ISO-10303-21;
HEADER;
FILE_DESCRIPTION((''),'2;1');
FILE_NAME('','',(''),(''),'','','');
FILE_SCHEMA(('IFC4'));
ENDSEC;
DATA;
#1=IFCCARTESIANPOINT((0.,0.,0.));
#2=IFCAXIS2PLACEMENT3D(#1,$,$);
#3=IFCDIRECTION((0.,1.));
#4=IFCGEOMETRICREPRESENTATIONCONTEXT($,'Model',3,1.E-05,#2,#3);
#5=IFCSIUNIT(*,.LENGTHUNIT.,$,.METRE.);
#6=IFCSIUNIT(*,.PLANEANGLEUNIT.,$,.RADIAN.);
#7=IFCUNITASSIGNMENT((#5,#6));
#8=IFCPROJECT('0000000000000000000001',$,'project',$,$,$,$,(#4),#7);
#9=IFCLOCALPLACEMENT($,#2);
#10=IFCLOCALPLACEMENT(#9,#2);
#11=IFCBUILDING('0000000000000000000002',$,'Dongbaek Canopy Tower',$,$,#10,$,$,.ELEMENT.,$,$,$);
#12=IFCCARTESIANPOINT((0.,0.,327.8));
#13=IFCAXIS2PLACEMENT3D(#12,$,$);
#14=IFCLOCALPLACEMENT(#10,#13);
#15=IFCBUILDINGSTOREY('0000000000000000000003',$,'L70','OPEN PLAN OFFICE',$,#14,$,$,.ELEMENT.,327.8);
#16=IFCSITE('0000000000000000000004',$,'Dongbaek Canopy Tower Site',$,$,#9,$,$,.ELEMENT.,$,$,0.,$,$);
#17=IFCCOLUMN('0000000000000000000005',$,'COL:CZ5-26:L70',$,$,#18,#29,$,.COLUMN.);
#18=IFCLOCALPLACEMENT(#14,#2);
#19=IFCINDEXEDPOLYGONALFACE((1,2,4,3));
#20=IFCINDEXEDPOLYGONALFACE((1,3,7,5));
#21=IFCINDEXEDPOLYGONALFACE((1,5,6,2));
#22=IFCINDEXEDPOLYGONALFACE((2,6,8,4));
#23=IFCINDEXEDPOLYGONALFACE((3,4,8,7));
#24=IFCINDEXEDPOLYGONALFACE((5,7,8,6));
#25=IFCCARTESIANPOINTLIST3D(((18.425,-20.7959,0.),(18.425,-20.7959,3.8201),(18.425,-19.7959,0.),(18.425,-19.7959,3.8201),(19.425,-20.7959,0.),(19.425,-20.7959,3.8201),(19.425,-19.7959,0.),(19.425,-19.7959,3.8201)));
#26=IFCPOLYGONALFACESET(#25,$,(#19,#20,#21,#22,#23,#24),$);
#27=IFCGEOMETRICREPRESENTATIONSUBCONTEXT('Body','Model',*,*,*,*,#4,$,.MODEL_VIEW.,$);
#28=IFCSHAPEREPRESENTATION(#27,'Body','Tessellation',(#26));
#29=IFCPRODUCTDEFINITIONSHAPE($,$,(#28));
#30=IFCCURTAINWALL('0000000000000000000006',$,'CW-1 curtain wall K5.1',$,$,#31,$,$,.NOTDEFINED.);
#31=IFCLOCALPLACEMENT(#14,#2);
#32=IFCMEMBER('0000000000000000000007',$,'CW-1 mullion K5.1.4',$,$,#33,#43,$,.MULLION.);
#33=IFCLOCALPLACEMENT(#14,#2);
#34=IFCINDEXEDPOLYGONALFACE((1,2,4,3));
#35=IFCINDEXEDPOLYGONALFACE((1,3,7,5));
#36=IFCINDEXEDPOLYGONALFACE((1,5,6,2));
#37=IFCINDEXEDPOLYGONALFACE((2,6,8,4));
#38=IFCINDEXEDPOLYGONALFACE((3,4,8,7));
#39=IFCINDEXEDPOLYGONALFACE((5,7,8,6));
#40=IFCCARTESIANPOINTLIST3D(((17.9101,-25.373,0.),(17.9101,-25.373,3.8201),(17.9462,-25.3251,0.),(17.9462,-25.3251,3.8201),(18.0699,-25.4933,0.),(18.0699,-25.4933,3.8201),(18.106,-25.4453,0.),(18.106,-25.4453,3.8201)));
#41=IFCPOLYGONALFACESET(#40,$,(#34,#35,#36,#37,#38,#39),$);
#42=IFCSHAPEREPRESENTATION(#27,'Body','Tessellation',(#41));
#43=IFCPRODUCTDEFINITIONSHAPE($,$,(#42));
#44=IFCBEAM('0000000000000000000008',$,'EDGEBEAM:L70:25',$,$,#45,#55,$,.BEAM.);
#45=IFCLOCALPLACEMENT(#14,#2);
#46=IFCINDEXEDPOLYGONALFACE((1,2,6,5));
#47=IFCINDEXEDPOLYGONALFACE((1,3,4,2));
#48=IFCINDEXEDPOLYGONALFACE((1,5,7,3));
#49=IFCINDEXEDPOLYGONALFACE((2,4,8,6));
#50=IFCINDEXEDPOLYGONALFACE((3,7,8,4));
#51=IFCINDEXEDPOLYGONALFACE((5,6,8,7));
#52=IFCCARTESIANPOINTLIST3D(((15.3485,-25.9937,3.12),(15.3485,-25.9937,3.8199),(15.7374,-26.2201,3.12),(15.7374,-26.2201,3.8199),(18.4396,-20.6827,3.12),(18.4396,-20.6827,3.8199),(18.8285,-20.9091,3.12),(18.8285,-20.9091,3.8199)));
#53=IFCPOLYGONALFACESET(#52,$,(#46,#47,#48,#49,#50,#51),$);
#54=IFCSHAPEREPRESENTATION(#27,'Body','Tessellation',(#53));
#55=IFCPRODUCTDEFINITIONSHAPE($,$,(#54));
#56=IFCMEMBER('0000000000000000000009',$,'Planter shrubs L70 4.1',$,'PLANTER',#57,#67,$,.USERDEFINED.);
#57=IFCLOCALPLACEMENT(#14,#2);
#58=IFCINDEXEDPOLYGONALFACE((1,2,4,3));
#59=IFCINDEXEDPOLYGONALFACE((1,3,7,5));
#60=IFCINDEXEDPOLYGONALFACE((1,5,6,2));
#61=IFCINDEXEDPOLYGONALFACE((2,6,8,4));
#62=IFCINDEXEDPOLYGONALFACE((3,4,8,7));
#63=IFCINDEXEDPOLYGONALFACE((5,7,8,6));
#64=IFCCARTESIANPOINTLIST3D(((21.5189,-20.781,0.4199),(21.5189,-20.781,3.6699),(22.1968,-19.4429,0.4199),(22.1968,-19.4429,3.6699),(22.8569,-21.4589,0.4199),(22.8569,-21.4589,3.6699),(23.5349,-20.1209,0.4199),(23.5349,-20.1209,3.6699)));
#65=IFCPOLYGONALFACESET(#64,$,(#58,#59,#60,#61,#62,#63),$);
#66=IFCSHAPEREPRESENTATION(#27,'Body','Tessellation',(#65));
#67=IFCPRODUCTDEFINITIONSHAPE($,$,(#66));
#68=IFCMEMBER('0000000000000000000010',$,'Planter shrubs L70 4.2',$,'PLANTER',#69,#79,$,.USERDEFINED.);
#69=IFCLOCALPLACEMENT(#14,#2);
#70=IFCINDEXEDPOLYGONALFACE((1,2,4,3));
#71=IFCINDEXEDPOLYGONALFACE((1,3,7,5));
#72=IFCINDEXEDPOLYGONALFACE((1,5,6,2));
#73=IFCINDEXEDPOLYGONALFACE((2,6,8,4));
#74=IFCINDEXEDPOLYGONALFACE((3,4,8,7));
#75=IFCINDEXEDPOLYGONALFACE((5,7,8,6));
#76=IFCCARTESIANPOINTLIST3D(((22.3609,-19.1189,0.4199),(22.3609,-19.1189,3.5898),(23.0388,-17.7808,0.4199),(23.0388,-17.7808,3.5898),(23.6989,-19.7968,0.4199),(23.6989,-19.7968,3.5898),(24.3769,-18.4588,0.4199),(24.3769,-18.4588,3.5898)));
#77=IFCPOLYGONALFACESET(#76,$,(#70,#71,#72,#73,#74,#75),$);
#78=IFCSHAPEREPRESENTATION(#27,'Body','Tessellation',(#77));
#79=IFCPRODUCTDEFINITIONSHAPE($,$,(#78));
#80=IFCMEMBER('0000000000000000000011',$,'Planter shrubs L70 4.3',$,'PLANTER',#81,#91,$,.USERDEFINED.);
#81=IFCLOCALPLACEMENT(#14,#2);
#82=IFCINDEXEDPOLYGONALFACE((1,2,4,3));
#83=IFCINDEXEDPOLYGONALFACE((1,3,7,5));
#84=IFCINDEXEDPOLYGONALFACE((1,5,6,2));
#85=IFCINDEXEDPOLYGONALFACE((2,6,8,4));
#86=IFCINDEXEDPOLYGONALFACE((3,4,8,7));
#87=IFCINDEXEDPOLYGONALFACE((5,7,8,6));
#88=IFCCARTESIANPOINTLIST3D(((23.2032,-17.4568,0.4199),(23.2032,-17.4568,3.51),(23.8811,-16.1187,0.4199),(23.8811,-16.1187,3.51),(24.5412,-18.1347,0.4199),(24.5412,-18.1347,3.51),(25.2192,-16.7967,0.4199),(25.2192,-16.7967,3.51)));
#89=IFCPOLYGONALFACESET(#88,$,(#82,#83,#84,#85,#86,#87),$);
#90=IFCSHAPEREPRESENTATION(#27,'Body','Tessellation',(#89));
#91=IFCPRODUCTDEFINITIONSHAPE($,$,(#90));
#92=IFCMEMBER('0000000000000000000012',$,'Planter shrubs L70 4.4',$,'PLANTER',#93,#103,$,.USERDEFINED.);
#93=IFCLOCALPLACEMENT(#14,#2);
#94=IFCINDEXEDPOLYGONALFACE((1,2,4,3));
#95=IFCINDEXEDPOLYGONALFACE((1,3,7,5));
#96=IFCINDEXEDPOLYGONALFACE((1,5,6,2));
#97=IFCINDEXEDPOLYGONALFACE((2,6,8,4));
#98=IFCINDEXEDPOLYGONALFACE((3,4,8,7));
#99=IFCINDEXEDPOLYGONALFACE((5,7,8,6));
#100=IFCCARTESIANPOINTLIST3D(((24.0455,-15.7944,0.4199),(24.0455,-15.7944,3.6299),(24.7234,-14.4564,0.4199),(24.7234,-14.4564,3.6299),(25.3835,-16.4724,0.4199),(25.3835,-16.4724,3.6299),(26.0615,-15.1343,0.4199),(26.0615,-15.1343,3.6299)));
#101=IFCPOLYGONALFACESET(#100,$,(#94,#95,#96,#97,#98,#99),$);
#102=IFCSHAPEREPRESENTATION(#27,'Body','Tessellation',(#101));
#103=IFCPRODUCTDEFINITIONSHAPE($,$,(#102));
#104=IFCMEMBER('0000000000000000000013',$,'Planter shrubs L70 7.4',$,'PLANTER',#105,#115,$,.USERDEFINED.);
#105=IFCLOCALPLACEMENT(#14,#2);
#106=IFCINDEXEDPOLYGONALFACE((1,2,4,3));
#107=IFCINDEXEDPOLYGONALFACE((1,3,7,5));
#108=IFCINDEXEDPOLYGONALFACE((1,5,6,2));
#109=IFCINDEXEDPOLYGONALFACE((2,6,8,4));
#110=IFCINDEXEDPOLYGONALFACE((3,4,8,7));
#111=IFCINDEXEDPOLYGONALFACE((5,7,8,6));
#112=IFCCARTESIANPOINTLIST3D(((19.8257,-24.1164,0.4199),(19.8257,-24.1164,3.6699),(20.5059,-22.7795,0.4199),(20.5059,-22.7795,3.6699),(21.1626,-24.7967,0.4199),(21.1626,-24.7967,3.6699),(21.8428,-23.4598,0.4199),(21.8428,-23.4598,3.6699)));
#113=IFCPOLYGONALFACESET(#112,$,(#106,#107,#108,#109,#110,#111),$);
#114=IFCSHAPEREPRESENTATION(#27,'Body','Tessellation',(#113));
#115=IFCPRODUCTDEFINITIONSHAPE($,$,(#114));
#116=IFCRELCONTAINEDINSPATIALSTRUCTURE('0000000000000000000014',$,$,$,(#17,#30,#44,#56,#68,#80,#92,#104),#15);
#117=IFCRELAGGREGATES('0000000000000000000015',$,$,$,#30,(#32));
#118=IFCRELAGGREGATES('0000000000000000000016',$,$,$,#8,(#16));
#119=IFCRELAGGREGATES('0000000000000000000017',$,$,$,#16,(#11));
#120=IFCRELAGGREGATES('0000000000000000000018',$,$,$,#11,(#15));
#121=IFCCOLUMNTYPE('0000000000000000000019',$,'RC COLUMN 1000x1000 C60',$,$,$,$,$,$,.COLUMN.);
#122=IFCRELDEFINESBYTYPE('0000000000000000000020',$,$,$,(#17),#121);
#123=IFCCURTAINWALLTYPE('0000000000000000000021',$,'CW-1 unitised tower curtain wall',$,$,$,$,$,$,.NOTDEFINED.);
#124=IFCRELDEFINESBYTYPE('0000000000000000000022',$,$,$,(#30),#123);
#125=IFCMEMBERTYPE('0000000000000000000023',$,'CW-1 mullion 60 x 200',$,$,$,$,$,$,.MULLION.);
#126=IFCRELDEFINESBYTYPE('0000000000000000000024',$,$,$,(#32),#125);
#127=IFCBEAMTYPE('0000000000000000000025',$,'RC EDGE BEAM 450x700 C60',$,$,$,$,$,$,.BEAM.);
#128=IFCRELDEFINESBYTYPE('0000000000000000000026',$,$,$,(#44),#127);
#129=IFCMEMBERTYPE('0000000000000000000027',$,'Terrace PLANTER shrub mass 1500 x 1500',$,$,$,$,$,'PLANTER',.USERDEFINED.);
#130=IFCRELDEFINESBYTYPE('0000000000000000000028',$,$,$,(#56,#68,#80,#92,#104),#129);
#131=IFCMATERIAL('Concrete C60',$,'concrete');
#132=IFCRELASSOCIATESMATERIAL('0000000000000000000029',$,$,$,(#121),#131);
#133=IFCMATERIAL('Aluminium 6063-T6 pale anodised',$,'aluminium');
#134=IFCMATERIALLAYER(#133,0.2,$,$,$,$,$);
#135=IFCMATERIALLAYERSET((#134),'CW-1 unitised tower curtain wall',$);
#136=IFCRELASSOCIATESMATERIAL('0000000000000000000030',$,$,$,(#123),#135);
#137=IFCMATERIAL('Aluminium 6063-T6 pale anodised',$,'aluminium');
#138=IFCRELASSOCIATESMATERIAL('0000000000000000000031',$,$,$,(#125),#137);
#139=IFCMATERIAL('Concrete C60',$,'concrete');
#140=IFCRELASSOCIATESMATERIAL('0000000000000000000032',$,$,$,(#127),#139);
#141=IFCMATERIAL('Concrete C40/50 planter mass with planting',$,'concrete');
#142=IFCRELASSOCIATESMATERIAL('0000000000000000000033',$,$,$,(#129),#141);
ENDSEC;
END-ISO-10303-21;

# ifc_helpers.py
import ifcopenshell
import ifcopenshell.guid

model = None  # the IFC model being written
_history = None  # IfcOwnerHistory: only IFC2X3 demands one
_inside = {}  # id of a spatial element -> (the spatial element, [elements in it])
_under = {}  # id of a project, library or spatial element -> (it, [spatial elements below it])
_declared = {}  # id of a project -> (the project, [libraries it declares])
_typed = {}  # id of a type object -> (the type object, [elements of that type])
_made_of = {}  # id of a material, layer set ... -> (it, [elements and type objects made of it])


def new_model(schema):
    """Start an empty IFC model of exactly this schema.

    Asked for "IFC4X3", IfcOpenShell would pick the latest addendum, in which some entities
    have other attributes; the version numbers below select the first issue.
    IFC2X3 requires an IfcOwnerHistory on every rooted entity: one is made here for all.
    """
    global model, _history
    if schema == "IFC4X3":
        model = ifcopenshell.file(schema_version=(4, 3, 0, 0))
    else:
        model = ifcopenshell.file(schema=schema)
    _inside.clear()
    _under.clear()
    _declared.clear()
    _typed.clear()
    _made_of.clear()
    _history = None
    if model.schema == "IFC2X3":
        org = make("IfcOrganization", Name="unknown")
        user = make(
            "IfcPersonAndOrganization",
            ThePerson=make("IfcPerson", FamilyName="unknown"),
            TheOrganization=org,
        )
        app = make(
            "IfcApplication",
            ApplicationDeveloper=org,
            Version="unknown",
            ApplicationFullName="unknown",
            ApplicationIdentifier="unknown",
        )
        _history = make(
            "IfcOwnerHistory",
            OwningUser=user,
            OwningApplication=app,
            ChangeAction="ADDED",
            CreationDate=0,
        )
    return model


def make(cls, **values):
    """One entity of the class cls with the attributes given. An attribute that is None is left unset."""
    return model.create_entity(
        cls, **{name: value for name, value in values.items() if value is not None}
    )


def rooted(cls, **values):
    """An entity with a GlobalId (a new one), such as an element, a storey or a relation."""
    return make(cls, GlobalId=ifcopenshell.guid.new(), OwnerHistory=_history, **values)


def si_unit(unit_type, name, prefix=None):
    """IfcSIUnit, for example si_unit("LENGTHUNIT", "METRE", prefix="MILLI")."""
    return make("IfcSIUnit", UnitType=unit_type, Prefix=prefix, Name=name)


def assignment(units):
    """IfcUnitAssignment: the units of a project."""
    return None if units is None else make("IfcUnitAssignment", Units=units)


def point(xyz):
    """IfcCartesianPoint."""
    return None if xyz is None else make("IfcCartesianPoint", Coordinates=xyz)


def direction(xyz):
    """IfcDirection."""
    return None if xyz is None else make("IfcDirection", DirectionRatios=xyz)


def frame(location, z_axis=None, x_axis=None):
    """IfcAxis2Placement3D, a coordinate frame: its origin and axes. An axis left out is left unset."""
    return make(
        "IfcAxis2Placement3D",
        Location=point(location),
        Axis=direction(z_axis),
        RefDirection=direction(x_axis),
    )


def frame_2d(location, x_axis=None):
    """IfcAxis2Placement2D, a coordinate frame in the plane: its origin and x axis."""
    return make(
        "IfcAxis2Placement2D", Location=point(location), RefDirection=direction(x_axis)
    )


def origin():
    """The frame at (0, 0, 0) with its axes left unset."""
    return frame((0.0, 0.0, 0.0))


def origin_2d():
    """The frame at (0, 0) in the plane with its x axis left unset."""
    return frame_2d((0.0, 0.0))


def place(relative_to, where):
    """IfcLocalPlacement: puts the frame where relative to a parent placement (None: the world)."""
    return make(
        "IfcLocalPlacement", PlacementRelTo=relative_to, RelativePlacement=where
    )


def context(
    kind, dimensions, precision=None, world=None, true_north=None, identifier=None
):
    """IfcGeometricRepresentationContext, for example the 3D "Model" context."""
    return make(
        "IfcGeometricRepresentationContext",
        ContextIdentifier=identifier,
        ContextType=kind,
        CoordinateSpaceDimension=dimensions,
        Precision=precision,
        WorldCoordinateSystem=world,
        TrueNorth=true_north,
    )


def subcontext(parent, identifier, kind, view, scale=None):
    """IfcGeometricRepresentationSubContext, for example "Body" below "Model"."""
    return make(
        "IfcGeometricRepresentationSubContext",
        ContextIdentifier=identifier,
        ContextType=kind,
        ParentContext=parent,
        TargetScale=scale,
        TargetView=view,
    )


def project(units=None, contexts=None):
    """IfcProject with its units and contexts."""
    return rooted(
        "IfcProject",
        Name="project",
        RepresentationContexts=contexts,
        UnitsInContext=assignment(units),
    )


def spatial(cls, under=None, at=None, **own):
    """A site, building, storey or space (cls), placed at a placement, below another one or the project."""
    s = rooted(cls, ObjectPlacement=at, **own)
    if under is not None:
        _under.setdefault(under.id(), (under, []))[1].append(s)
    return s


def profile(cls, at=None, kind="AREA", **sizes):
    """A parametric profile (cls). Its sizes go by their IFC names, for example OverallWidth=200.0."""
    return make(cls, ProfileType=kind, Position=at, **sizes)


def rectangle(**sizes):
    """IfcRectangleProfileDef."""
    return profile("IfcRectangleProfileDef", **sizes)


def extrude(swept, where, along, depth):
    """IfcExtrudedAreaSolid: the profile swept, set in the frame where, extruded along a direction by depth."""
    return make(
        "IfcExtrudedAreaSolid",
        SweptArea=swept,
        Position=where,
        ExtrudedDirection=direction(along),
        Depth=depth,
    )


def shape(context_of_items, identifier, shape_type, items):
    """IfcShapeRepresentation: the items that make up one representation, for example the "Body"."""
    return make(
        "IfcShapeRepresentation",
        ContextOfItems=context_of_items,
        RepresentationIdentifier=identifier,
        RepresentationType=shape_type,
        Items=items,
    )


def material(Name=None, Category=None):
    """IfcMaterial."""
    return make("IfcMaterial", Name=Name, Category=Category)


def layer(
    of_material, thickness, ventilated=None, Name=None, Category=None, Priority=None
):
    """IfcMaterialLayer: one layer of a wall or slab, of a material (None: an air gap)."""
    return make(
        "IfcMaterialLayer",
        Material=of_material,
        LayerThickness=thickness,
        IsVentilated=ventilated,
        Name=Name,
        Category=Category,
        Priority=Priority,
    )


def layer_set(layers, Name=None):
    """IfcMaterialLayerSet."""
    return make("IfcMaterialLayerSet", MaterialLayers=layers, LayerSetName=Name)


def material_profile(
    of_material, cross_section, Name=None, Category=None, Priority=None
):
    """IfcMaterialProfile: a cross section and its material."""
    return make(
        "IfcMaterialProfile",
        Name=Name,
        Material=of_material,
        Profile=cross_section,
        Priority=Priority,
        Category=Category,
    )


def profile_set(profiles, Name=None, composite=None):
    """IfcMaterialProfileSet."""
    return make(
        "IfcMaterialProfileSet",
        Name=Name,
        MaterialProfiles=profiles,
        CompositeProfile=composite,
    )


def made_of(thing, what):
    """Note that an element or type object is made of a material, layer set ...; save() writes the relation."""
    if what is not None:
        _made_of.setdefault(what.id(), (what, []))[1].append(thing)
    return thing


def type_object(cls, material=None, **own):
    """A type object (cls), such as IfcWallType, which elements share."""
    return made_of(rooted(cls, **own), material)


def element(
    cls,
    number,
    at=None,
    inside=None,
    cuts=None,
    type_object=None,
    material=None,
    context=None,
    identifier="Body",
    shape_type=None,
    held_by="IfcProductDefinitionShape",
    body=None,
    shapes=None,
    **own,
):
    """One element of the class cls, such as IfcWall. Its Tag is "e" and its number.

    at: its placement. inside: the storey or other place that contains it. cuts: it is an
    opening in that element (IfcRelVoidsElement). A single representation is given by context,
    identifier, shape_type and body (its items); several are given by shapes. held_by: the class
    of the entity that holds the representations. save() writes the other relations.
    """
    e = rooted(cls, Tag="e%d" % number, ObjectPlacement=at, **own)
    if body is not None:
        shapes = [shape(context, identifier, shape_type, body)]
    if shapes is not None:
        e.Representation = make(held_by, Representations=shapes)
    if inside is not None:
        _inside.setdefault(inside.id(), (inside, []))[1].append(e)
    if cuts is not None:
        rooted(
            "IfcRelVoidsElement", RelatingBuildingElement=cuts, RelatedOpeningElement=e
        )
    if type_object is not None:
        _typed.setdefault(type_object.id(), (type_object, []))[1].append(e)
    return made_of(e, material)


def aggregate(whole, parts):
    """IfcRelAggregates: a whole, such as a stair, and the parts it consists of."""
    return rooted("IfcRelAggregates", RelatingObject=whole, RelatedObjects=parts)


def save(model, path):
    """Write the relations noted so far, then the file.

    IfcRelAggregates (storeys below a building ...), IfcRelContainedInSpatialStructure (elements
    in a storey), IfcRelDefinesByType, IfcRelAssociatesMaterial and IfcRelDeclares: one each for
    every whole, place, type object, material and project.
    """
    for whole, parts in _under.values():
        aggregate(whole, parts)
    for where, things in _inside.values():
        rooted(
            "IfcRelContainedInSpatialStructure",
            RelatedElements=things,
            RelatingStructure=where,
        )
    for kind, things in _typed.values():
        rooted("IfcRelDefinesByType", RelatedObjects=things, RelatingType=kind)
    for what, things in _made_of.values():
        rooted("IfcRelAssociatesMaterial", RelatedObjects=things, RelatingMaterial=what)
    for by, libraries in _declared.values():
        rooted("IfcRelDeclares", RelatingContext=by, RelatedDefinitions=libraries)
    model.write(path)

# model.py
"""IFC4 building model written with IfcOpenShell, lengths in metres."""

from ifc_helpers import new_model, si_unit, direction, frame, origin, origin_2d, place, context, subcontext, project, spatial, rectangle, extrude, material, layer, layer_set, material_profile, profile_set, type_object, element, aggregate, save


model = new_model("IFC4")

# Units and contexts
model_context = context("Model", 3, precision=1e-05, world=origin(), true_north=direction((0.0, 1.0)))
body_context = subcontext(model_context, "Body", "Model", "MODEL_VIEW")
ifc_project = project(units=[si_unit("LENGTHUNIT", "METRE"), si_unit("PLANEANGLEUNIT", "RADIAN")], contexts=[model_context])

# Site, building, storey
site_placement = place(None, origin())
site = spatial("IfcSite", under=ifc_project, at=site_placement, Name="Dongbaek Canopy Tower Site", CompositionType="ELEMENT", RefElevation=0.0)
building_placement = place(site_placement, origin())
building = spatial("IfcBuilding", under=site, at=building_placement, Name="Dongbaek Canopy Tower", CompositionType="ELEMENT")
storey_placement = place(building_placement, frame((0.0, 0.0, 327.8)))
storey = spatial("IfcBuildingStorey", under=building, at=storey_placement, Name="L70", Description="OPEN PLAN OFFICE", CompositionType="ELEMENT", Elevation=327.8)

# Column
ifc_material_1 = material(Name="Concrete C60", Category="concrete")
ifc_material_profile_1 = material_profile(ifc_material_1, rectangle(XDim=1.0, YDim=1.0, at=origin_2d()), Name="RC COLUMN 1000x1000 C60")
ifc_profile_set_1 = profile_set([ifc_material_profile_1], Name="Concrete C60")
column_type = type_object("IfcColumnType", Name="RC COLUMN 1000x1000 C60", PredefinedType="COLUMN", material=ifc_profile_set_1)
column_placement = place(storey_placement, frame((18.925, -20.2959, 0.0), z_axis=(0.0, 0.0, 1.0), x_axis=(1.0, 0.0, 0.0)))
element("IfcColumn", 1, at=column_placement, inside=storey, type_object=column_type, Name="COL:CZ5-26:L70", PredefinedType="COLUMN", context=body_context, shape_type="SweptSolid", body=[
    extrude(rectangle(XDim=1.0, YDim=1.0, at=origin_2d()), origin(), (0.0, 0.0, 1.0), 3.8201),
])

# Curtain wall, member
ifc_material_2 = material(Name="Aluminium 6063-T6 pale anodised", Category="aluminium")
ifc_layer_1 = layer(ifc_material_2, 0.2)
ifc_layer_set_1 = layer_set([ifc_layer_1], Name="CW-1 unitised tower curtain wall")
curtain_wall_type = type_object("IfcCurtainWallType", Name="CW-1 unitised tower curtain wall", PredefinedType="NOTDEFINED", material=ifc_layer_set_1)
curtain_wall_placement = place(storey_placement, origin())
curtain_wall = element("IfcCurtainWall", 2, at=curtain_wall_placement, inside=storey, type_object=curtain_wall_type, Name="CW-1 curtain wall K5.1", PredefinedType="NOTDEFINED")
ifc_material_3 = material(Name="Aluminium 6063-T6 pale anodised", Category="aluminium")
ifc_material_profile_2 = material_profile(ifc_material_3, rectangle(XDim=0.2, YDim=0.0601, at=origin_2d()), Name="CW-1 mullion 60 x 200")
ifc_profile_set_2 = profile_set([ifc_material_profile_2], Name="Aluminium 6063-T6 pale anodised")
member_type_1 = type_object("IfcMemberType", Name="CW-1 mullion 60 x 200", PredefinedType="MULLION", material=ifc_profile_set_2)
member_1_placement = place(storey_placement, frame((18.0081, -25.4092, 0.0), z_axis=(0.0, 0.0, 1.0), x_axis=(0.798892, -0.601475, 0.0)))
member_1 = element("IfcMember", 3, at=member_1_placement, type_object=member_type_1, Name="CW-1 mullion K5.1.4", PredefinedType="MULLION", context=body_context, shape_type="SweptSolid", body=[
    extrude(rectangle(XDim=0.2, YDim=0.0601, at=origin_2d()), origin(), (0.0, 0.0, 1.0), 3.8201),
])
aggregate(curtain_wall, [member_1])

# Beam
ifc_material_4 = material(Name="Concrete C60", Category="concrete")
ifc_material_profile_3 = material_profile(ifc_material_4, rectangle(XDim=0.45, YDim=0.7, at=origin_2d()), Name="RC EDGE BEAM 450x700 C60")
ifc_profile_set_3 = profile_set([ifc_material_profile_3], Name="Concrete C60")
beam_type = type_object("IfcBeamType", Name="RC EDGE BEAM 450x700 C60", PredefinedType="BEAM", material=ifc_profile_set_3)
beam_placement = place(storey_placement, frame((18.634, -20.7959, 3.47), z_axis=(-0.503016, -0.864277, 0.0), x_axis=(0.864277, -0.503016, 0.0)))
element("IfcBeam", 4, at=beam_placement, inside=storey, type_object=beam_type, Name="EDGEBEAM:L70:25", PredefinedType="BEAM", context=body_context, shape_type="SweptSolid", body=[
    extrude(rectangle(XDim=0.45, YDim=0.7, at=origin_2d()), origin(), (0.0, 0.0, 1.0), 6.145),
])

# Members
ifc_material_5 = material(Name="Concrete C40/50 planter mass with planting", Category="concrete")
ifc_material_profile_4 = material_profile(ifc_material_5, rectangle(XDim=1.5, YDim=1.5, at=origin_2d()), Name="Terrace PLANTER shrub mass 1500 x 1500")
ifc_profile_set_4 = profile_set([ifc_material_profile_4], Name="Concrete C40/50 planter mass with planting")
member_type_2 = type_object("IfcMemberType", Name="Terrace PLANTER shrub mass 1500 x 1500", ElementType="PLANTER", PredefinedType="USERDEFINED", material=ifc_profile_set_4)
member_2_placement = place(storey_placement, frame((22.5269, -20.4509, 0.4199), z_axis=(0.0, 0.0, 1.0), x_axis=(0.892033, -0.45197, 0.0)))
element("IfcMember", 5, at=member_2_placement, inside=storey, type_object=member_type_2, Name="Planter shrubs L70 4.1", ObjectType="PLANTER", PredefinedType="USERDEFINED", context=body_context, shape_type="SweptSolid", body=[
    extrude(rectangle(XDim=1.5, YDim=1.5, at=origin_2d()), origin(), (0.0, 0.0, 1.0), 3.25),
])
member_3_placement = place(storey_placement, frame((23.3689, -18.7888, 0.4199), z_axis=(0.0, 0.0, 1.0), x_axis=(0.892033, -0.45197, 0.0)))
element("IfcMember", 6, at=member_3_placement, inside=storey, type_object=member_type_2, Name="Planter shrubs L70 4.2", ObjectType="PLANTER", PredefinedType="USERDEFINED", context=body_context, shape_type="SweptSolid", body=[
    extrude(rectangle(XDim=1.5, YDim=1.5, at=origin_2d()), origin(), (0.0, 0.0, 1.0), 3.1699),
])
member_4_placement = place(storey_placement, frame((24.2112, -17.1267, 0.4199), z_axis=(0.0, 0.0, 1.0), x_axis=(0.892033, -0.45197, 0.0)))
element("IfcMember", 7, at=member_4_placement, inside=storey, type_object=member_type_2, Name="Planter shrubs L70 4.3", ObjectType="PLANTER", PredefinedType="USERDEFINED", context=body_context, shape_type="SweptSolid", body=[
    extrude(rectangle(XDim=1.5, YDim=1.5, at=origin_2d()), origin(), (0.0, 0.0, 1.0), 3.0901),
])
member_5_placement = place(storey_placement, frame((25.0535, -15.4644, 0.4199), z_axis=(0.0, 0.0, 1.0), x_axis=(0.892033, -0.45197, 0.0)))
element("IfcMember", 8, at=member_5_placement, inside=storey, type_object=member_type_2, Name="Planter shrubs L70 4.4", ObjectType="PLANTER", PredefinedType="USERDEFINED", context=body_context, shape_type="SweptSolid", body=[
    extrude(rectangle(XDim=1.5, YDim=1.5, at=origin_2d()), origin(), (0.0, 0.0, 1.0), 3.21),
])
member_6_placement = place(storey_placement, frame((20.8342, -23.7881, 0.4199), z_axis=(0.0, 0.0, 1.0), x_axis=(0.891259, -0.453494, 0.0)))
element("IfcMember", 9, at=member_6_placement, inside=storey, type_object=member_type_2, Name="Planter shrubs L70 7.4", ObjectType="PLANTER", PredefinedType="USERDEFINED", context=body_context, shape_type="SweptSolid", body=[
    extrude(rectangle(XDim=1.5, YDim=1.5, at=origin_2d()), origin(), (0.0, 0.0, 1.0), 3.25),
])

save(model, "model.ifc")
